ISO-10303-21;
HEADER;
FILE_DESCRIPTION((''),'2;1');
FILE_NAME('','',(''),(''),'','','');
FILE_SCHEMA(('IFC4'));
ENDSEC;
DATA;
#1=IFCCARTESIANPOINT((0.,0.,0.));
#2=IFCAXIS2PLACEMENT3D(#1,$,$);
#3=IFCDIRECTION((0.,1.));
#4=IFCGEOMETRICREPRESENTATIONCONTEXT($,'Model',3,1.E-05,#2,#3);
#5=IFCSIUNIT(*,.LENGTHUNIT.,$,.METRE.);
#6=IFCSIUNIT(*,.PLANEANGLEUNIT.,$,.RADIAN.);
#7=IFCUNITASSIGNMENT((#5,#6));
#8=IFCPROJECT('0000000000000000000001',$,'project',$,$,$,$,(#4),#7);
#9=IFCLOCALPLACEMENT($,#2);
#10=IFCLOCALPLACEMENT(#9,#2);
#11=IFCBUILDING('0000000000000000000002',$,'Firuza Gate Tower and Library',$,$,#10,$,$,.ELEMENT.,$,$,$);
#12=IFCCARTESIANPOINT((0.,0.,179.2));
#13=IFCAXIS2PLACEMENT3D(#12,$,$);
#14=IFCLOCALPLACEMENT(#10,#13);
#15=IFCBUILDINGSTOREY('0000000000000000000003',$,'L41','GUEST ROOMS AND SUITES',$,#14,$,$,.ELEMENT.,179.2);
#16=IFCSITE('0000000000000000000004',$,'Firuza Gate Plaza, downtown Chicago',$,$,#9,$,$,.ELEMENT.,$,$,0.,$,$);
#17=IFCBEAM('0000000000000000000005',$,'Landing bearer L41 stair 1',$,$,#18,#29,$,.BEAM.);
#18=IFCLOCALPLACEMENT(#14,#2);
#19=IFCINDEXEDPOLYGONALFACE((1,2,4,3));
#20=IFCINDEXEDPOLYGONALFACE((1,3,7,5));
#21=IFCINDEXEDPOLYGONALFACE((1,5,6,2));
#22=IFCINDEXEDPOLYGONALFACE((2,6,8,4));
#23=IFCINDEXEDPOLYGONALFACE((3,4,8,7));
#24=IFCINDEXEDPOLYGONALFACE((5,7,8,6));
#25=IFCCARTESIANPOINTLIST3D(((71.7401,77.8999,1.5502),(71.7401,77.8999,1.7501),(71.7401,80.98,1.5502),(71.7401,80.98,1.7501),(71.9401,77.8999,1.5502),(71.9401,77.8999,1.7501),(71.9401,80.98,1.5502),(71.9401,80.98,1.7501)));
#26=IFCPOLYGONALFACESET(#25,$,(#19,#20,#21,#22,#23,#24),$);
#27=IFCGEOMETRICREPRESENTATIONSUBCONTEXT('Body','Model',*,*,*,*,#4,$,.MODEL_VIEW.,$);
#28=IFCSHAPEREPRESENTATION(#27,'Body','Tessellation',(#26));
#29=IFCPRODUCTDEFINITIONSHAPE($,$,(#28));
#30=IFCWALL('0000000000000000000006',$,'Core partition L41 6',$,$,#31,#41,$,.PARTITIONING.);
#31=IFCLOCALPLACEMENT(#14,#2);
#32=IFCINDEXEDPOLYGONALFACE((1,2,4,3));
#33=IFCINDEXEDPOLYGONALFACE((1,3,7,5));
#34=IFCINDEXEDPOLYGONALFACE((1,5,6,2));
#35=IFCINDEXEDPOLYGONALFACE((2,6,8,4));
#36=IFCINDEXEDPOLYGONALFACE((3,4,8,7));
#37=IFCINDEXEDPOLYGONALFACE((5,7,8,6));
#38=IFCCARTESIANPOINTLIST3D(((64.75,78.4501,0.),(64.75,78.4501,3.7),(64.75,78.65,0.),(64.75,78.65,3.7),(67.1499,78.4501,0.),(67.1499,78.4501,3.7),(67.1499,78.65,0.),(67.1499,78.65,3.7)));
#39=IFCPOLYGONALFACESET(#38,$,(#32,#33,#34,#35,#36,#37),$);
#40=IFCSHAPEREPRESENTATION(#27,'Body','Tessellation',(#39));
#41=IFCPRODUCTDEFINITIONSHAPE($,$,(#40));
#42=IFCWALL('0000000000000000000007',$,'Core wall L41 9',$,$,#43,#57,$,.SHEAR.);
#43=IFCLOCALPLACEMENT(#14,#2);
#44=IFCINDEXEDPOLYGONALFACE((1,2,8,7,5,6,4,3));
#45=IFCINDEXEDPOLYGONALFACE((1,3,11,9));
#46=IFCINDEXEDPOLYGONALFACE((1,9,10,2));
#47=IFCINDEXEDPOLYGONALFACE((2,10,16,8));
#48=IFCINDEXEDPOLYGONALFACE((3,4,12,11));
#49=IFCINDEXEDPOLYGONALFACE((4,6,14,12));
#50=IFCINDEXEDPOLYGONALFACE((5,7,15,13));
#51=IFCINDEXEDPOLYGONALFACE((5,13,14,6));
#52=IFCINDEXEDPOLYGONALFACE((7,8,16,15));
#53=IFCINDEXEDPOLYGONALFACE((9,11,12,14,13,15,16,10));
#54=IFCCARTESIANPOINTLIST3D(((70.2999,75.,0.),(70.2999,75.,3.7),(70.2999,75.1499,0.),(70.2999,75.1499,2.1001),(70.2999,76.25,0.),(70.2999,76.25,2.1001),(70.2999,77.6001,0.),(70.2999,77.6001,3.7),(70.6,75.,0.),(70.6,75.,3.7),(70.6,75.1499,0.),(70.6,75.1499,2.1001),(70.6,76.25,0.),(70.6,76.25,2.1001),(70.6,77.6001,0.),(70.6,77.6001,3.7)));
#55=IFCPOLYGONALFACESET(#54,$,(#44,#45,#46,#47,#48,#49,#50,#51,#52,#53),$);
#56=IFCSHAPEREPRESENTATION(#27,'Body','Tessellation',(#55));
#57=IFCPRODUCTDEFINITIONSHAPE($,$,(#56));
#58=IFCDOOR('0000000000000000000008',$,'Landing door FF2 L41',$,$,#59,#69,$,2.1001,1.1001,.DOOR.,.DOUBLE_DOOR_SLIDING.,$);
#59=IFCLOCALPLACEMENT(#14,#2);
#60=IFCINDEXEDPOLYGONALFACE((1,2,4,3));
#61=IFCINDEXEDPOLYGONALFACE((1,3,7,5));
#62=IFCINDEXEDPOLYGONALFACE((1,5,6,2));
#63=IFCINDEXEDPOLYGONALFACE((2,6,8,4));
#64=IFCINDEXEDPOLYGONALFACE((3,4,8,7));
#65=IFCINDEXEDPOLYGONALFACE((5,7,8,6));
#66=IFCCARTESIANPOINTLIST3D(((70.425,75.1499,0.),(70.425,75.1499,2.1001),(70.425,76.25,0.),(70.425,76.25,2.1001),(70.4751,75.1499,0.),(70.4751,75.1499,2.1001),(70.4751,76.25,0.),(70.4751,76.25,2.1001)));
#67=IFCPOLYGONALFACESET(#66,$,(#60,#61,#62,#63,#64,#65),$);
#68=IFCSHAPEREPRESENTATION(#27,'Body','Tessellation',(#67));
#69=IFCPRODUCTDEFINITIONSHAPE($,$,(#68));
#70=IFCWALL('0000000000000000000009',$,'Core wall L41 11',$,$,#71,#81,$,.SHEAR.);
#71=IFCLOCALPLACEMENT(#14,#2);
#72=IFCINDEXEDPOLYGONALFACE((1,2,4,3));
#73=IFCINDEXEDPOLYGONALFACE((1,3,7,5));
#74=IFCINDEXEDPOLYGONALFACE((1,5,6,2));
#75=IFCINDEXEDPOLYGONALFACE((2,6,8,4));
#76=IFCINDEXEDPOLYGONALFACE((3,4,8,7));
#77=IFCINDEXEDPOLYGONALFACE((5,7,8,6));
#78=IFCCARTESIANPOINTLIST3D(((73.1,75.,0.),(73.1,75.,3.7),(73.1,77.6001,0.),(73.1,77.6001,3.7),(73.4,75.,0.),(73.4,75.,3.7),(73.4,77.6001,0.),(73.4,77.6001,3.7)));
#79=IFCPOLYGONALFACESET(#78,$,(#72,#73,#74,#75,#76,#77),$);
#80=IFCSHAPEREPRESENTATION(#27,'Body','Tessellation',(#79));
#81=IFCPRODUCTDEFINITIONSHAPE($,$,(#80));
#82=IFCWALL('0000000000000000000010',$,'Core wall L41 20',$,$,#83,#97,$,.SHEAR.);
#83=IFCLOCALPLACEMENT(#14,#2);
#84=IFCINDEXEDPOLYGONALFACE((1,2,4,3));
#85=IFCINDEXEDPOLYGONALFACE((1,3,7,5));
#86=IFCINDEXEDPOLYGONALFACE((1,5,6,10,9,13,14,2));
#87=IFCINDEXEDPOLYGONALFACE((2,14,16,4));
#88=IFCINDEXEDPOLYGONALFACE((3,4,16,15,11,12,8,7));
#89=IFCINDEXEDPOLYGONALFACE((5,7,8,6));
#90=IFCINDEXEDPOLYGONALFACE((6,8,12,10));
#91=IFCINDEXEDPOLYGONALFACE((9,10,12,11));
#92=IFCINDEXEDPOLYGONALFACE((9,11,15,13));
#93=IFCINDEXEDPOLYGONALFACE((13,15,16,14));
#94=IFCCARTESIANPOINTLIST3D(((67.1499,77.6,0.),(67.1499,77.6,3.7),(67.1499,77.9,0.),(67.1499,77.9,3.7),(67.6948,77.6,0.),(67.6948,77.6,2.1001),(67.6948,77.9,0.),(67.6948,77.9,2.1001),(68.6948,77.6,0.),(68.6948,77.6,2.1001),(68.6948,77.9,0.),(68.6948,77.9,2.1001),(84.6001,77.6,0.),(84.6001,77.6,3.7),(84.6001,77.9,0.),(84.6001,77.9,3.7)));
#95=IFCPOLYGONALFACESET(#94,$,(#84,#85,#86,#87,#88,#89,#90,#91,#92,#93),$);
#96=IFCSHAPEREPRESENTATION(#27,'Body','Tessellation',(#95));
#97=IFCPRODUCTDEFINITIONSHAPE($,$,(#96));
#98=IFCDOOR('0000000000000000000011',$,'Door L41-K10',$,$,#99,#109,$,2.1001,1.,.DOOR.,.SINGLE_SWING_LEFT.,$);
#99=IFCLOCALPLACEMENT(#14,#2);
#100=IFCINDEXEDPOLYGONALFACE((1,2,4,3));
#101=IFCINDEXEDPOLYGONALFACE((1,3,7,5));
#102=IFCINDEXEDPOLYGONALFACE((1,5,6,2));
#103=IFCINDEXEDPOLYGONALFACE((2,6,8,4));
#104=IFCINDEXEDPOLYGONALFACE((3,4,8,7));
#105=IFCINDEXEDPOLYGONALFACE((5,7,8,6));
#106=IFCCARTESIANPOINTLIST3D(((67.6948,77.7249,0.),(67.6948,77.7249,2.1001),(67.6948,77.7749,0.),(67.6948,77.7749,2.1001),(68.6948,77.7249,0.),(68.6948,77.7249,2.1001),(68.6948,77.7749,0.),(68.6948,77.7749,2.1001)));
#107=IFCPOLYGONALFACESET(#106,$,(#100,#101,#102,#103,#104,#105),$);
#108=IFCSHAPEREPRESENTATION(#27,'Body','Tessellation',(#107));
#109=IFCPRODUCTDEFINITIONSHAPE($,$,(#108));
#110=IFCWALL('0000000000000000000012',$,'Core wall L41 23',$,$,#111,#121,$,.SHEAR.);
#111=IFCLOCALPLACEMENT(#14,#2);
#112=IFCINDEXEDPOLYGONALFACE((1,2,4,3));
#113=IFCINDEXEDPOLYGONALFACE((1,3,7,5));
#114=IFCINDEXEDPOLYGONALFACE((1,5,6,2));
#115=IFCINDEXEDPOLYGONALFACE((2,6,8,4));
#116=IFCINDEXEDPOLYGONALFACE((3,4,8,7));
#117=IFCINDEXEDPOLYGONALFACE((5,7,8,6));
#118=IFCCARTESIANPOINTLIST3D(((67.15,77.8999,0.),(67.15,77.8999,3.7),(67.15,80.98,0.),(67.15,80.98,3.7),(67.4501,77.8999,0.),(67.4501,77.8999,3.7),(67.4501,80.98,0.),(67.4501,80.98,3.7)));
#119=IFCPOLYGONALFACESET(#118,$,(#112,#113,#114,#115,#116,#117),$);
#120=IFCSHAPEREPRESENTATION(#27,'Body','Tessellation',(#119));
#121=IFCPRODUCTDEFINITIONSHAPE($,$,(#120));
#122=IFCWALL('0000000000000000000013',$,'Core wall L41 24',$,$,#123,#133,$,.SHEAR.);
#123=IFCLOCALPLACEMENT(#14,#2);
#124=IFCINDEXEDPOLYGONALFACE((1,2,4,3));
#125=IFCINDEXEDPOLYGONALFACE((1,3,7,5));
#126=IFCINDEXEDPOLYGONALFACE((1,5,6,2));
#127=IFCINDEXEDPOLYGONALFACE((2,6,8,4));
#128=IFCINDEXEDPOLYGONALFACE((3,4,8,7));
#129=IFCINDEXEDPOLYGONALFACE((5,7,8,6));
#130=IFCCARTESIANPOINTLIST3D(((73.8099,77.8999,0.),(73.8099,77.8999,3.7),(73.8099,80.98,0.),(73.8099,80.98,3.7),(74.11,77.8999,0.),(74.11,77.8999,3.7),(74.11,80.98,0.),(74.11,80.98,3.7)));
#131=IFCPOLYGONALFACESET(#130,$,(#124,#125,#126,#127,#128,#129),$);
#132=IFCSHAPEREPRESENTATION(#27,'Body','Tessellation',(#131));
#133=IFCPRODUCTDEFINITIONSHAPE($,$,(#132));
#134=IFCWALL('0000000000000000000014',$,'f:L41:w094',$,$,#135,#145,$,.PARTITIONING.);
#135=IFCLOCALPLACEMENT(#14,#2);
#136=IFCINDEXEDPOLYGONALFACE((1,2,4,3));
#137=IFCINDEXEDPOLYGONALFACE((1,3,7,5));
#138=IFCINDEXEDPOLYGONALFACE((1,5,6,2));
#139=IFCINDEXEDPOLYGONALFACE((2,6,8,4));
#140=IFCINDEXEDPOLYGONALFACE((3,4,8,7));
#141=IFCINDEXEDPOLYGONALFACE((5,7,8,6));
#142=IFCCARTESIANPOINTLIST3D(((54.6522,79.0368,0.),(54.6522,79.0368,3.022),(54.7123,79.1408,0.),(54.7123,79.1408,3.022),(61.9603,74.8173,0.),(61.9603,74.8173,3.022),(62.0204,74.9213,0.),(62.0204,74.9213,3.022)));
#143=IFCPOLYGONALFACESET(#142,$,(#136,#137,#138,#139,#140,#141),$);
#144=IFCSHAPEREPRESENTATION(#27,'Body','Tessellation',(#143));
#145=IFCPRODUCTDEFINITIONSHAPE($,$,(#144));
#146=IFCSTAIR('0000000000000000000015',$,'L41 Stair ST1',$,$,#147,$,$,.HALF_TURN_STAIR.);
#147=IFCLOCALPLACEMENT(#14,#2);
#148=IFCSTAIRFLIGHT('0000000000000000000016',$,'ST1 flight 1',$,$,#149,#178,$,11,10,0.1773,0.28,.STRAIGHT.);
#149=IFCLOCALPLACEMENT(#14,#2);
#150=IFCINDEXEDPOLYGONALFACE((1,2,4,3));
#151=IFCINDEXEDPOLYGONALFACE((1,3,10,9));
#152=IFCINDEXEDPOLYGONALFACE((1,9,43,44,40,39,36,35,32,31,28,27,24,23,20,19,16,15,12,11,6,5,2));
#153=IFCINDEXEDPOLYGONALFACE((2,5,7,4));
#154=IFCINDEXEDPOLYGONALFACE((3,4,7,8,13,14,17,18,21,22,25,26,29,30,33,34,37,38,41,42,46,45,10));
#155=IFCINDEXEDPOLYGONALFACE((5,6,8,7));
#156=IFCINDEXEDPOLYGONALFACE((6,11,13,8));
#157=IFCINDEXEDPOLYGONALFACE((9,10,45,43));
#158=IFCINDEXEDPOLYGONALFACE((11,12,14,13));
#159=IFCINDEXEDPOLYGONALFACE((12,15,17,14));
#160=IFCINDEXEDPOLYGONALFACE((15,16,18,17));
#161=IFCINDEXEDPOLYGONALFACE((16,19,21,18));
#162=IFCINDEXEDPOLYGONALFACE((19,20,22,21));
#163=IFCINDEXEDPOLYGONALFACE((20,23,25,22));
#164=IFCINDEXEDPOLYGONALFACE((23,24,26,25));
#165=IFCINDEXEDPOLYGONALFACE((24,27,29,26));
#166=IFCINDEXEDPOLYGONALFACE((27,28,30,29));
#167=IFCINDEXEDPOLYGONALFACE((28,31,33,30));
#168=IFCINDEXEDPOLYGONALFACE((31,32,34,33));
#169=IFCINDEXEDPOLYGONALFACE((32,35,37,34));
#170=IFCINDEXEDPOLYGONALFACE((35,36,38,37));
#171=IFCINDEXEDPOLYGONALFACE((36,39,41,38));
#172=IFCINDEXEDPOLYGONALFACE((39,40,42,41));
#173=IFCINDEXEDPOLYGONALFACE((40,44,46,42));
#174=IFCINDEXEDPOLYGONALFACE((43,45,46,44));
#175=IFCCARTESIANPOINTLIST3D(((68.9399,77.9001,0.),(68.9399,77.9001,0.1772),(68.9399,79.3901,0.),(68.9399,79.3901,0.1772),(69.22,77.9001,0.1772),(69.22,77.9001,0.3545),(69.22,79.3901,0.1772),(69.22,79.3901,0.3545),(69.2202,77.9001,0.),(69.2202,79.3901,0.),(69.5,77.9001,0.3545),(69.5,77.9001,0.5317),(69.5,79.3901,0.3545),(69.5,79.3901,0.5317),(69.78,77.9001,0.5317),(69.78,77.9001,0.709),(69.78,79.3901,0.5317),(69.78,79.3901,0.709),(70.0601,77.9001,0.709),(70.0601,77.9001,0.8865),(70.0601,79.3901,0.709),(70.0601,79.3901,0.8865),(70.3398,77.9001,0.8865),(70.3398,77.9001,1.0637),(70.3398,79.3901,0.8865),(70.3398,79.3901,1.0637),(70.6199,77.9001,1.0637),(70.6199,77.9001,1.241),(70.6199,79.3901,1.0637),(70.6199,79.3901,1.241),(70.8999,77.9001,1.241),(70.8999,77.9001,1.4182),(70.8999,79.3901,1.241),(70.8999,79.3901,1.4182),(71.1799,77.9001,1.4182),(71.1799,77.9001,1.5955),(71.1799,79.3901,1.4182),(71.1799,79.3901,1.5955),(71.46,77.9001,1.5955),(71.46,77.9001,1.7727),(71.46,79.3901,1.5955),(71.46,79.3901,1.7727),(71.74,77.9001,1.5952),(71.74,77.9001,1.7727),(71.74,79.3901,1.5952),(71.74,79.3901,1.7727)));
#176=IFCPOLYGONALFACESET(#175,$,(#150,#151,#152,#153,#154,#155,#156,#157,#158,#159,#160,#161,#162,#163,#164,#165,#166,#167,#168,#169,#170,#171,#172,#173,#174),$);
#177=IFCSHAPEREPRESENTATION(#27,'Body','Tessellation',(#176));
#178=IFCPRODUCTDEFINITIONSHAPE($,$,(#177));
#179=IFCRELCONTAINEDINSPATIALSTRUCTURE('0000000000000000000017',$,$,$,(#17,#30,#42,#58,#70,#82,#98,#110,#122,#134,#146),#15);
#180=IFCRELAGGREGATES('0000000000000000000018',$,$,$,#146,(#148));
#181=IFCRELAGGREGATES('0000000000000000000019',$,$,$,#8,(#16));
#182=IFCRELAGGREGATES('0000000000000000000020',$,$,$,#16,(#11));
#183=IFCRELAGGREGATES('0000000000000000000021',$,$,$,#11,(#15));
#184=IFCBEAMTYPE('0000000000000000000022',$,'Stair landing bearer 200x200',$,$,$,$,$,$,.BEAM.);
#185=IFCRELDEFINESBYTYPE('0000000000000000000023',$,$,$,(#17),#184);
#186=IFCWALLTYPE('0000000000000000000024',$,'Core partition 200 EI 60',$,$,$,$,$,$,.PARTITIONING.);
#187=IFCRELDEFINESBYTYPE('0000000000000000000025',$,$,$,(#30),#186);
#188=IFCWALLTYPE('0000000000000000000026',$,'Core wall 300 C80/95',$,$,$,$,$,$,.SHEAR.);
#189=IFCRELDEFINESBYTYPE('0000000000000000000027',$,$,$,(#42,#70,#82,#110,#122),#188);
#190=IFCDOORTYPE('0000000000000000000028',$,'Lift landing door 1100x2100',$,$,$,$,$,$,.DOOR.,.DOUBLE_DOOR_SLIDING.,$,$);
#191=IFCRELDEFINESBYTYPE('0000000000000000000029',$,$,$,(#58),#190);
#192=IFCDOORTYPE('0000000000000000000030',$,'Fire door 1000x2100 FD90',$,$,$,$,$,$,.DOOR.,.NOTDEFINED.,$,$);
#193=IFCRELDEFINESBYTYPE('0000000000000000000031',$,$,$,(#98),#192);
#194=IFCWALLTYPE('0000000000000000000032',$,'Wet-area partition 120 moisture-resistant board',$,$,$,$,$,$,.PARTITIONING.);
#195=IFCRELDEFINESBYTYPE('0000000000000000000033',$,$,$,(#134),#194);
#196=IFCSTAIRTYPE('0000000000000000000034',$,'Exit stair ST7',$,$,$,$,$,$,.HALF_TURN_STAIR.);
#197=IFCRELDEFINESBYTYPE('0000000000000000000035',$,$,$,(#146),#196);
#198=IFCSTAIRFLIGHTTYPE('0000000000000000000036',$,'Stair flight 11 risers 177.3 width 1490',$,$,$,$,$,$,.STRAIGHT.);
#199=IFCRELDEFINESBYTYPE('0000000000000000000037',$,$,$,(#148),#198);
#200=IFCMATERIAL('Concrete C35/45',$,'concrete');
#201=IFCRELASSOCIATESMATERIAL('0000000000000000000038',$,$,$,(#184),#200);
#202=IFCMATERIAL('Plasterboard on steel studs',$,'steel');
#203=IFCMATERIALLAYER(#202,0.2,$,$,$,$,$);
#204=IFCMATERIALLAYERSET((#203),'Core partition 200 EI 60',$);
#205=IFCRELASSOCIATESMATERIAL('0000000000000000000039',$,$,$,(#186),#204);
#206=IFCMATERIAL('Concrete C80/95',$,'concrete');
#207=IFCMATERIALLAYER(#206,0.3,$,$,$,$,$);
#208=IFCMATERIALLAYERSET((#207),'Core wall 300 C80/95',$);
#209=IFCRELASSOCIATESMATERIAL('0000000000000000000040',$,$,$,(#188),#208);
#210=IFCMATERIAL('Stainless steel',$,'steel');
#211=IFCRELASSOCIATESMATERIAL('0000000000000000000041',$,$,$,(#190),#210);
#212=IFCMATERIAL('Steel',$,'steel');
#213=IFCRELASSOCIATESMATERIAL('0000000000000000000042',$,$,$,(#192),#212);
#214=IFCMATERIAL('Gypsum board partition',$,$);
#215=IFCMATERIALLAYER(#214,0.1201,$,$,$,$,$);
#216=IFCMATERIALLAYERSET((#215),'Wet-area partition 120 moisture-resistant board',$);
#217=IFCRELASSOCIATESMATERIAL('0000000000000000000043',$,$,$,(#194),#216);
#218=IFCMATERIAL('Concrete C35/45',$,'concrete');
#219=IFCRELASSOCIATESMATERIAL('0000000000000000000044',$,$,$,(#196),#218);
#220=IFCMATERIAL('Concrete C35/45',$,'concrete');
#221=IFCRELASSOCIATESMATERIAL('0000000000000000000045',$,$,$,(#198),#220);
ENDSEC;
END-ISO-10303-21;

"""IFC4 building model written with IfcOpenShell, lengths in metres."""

from ifc_helpers import new_model, si_unit, direction, frame, frame_2d, origin, origin_2d, place, context, subcontext, project, spatial, polyline, rectangle, outline, extrude, material, layer, layer_set, material_profile, profile_set, type_object, element, fill, aggregate, save


model = new_model("IFC4")

# Units and contexts
model_context = context("Model", 3, precision=1e-05, world=origin(), true_north=direction((0.0, 1.0)))
body_context = subcontext(model_context, "Body", "Model", "MODEL_VIEW")
ifc_project = project(units=[si_unit("LENGTHUNIT", "METRE"), si_unit("PLANEANGLEUNIT", "RADIAN")], contexts=[model_context])

# Site, building, storey
site_placement = place(None, origin())
site = spatial("IfcSite", under=ifc_project, at=site_placement, Name="Firuza Gate Plaza, downtown Chicago", CompositionType="ELEMENT", RefElevation=0.0)
building_placement = place(site_placement, origin())
building = spatial("IfcBuilding", under=site, at=building_placement, Name="Firuza Gate Tower and Library", CompositionType="ELEMENT")
storey_placement = place(building_placement, frame((0.0, 0.0, 179.2)))
storey = spatial("IfcBuildingStorey", under=building, at=storey_placement, Name="L41", Description="GUEST ROOMS AND SUITES", CompositionType="ELEMENT", Elevation=179.2)

# Beam
ifc_material_1 = material(Name="Concrete C35/45", Category="concrete")
ifc_material_profile = material_profile(ifc_material_1, rectangle(XDim=0.2, YDim=0.2, at=origin_2d()))
ifc_profile_set = profile_set([ifc_material_profile], Name="Concrete C35/45")
beam_type = type_object("IfcBeamType", Name="Stair landing bearer 200x200", PredefinedType="BEAM", material=ifc_profile_set)
beam_placement = place(storey_placement, frame((71.8401, 77.8999, 1.6501), z_axis=(0.0, 1.0, 0.0), x_axis=(-1.0, 0.0, 0.0)))
element("IfcBeam", 1, at=beam_placement, inside=storey, type_object=beam_type, Name="Landing bearer L41 stair 1", PredefinedType="BEAM", context=body_context, shape_type="SweptSolid", body=[
    extrude(rectangle(XDim=0.2, YDim=0.2, at=origin_2d()), origin(), (0.0, 0.0, 1.0), 3.0801),
])

# Wall
ifc_material_2 = material(Name="Plasterboard on steel studs", Category="steel")
ifc_layer_1 = layer(ifc_material_2, 0.2)
ifc_layer_set_1 = layer_set([ifc_layer_1], Name="Core partition 200 EI 60")
wall_type_1 = type_object("IfcWallType", Name="Core partition 200 EI 60", PredefinedType="PARTITIONING", material=ifc_layer_set_1)
wall_1_placement = place(storey_placement, frame((64.75, 78.55, 0.0), z_axis=(0.0, 0.0, 1.0), x_axis=(1.0, 0.0, 0.0)))
element("IfcWall", 2, at=wall_1_placement, inside=storey, type_object=wall_type_1, Name="Core partition L41 6", PredefinedType="PARTITIONING", context=body_context, shape_type="SweptSolid", body=[
    extrude(rectangle(XDim=2.3999, YDim=0.2, at=frame_2d((1.2, 0.0))), origin(), (0.0, 0.0, 1.0), 3.7),
])

# Wall, opening, door
ifc_material_3 = material(Name="Concrete C80/95", Category="concrete")
ifc_layer_2 = layer(ifc_material_3, 0.3)
ifc_layer_set_2 = layer_set([ifc_layer_2], Name="Core wall 300 C80/95")
wall_type_2 = type_object("IfcWallType", Name="Core wall 300 C80/95", PredefinedType="SHEAR", material=ifc_layer_set_2)
wall_2_placement = place(storey_placement, frame((70.45, 75.0, 0.0), z_axis=(0.0, 0.0, 1.0), x_axis=(0.0, 1.0, 0.0)))
wall_2 = element("IfcWall", 3, at=wall_2_placement, inside=storey, type_object=wall_type_2, Name="Core wall L41 9", PredefinedType="SHEAR", context=body_context, shape_type="SweptSolid", body=[
    extrude(rectangle(XDim=2.6001, YDim=0.3, at=frame_2d((1.3, 0.0))), origin(), (0.0, 0.0, 1.0), 3.7),
])
opening_1_placement = place(wall_2_placement, frame((0.1499, 0.0, 0.0)))
opening_1 = element("IfcOpeningElement", 4, at=opening_1_placement, cuts=wall_2, PredefinedType="OPENING", context=body_context, shape_type="SweptSolid", body=[
    extrude(rectangle(XDim=1.1001, YDim=2.1001, at=frame_2d((0.55, 1.05))), frame((0.0, 0.1602, 0.0), z_axis=(0.0, -1.0, 0.0), x_axis=(1.0, 0.0, 0.0)), (0.0, 0.0, 1.0), 0.3201),
])
ifc_material_4 = material(Name="Stainless steel", Category="steel")
door_type_1 = type_object("IfcDoorType", Name="Lift landing door 1100x2100", OperationType="DOUBLE_DOOR_SLIDING", PredefinedType="DOOR", material=ifc_material_4)
door_1_placement = place(opening_1_placement, origin())
door_1 = element("IfcDoor", 5, at=door_1_placement, inside=storey, type_object=door_type_1, Name="Landing door FF2 L41", OperationType="DOUBLE_DOOR_SLIDING", OverallHeight=2.1001, OverallWidth=1.1001, PredefinedType="DOOR", context=body_context, shape_type="SweptSolid", body=[
    extrude(rectangle(XDim=1.1001, YDim=2.1001, at=frame_2d((0.55, 1.05))), frame((0.0, 0.0249, 0.0), z_axis=(0.0, -1.0, 0.0), x_axis=(1.0, 0.0, 0.0)), (0.0, 0.0, 1.0), 0.05),
])
fill(opening_1, door_1)

# Wall
wall_3_placement = place(storey_placement, frame((73.25, 75.0, 0.0), z_axis=(0.0, 0.0, 1.0), x_axis=(0.0, 1.0, 0.0)))
element("IfcWall", 6, at=wall_3_placement, inside=storey, type_object=wall_type_2, Name="Core wall L41 11", PredefinedType="SHEAR", context=body_context, shape_type="SweptSolid", body=[
    extrude(rectangle(XDim=2.6001, YDim=0.3, at=frame_2d((1.3, 0.0))), origin(), (0.0, 0.0, 1.0), 3.7),
])

# Wall, opening, door
wall_4_placement = place(storey_placement, frame((67.1499, 77.75, 0.0), z_axis=(0.0, 0.0, 1.0), x_axis=(1.0, 0.0, 0.0)))
wall_4 = element("IfcWall", 7, at=wall_4_placement, inside=storey, type_object=wall_type_2, Name="Core wall L41 20", PredefinedType="SHEAR", context=body_context, shape_type="SweptSolid", body=[
    extrude(rectangle(XDim=17.4502, YDim=0.3, at=frame_2d((8.7251, 0.0))), origin(), (0.0, 0.0, 1.0), 3.7),
])
opening_2_placement = place(wall_4_placement, frame((0.5449, 0.0, 0.0)))
opening_2 = element("IfcOpeningElement", 8, at=opening_2_placement, cuts=wall_4, PredefinedType="OPENING", context=body_context, shape_type="SweptSolid", body=[
    extrude(rectangle(XDim=1.0, YDim=2.1001, at=frame_2d((0.5, 1.05))), frame((0.0, 0.1602, 0.0), z_axis=(0.0, -1.0, 0.0), x_axis=(1.0, 0.0, 0.0)), (0.0, 0.0, 1.0), 0.3201),
])
ifc_material_5 = material(Name="Steel", Category="steel")
door_type_2 = type_object("IfcDoorType", Name="Fire door 1000x2100 FD90", OperationType="NOTDEFINED", PredefinedType="DOOR", material=ifc_material_5)
door_2_placement = place(opening_2_placement, origin())
door_2 = element("IfcDoor", 9, at=door_2_placement, inside=storey, type_object=door_type_2, Name="Door L41-K10", OperationType="SINGLE_SWING_LEFT", OverallHeight=2.1001, OverallWidth=1.0, PredefinedType="DOOR", context=body_context, shape_type="SweptSolid", body=[
    extrude(rectangle(XDim=1.0, YDim=2.1001, at=frame_2d((0.5, 1.05))), frame((0.0, 0.0249, 0.0), z_axis=(0.0, -1.0, 0.0), x_axis=(1.0, 0.0, 0.0)), (0.0, 0.0, 1.0), 0.05),
])
fill(opening_2, door_2)

# Walls
for number, where, z_axis, x_axis, name in (
    (10, (67.3, 77.8999, 0.0), (0.0, 0.0, 1.0), (0.0, 1.0, 0.0), "Core wall L41 23"),
    (11, (73.96, 77.8999, 0.0), (0.0, 0.0, 1.0), (0.0, 1.0, 0.0), "Core wall L41 24"),
):
    element("IfcWall", number, at=place(storey_placement, frame(where, z_axis=z_axis, x_axis=x_axis)), inside=storey, type_object=wall_type_2, Name=name, PredefinedType="SHEAR", context=body_context, shape_type="SweptSolid", body=[
        extrude(rectangle(XDim=3.0801, YDim=0.3, at=frame_2d((1.54, 0.0))), origin(), (0.0, 0.0, 1.0), 3.7),
    ])
ifc_material_6 = material(Name="Gypsum board partition")
ifc_layer_3 = layer(ifc_material_6, 0.1201)
ifc_layer_set_3 = layer_set([ifc_layer_3], Name="Wet-area partition 120 moisture-resistant board")
wall_type_3 = type_object("IfcWallType", Name="Wet-area partition 120 moisture-resistant board", PredefinedType="PARTITIONING", material=ifc_layer_set_3)
wall_5_placement = place(storey_placement, frame((61.9902, 74.8694, 0.0), z_axis=(0.0, 0.0, 1.0), x_axis=(-0.866018, 0.500013, 0.0)))
element("IfcWall", 12, at=wall_5_placement, inside=storey, type_object=wall_type_3, Name="f:L41:w094", PredefinedType="PARTITIONING", context=body_context, shape_type="SweptSolid", body=[
    extrude(rectangle(XDim=8.4387, YDim=0.1201, at=frame_2d((4.2192, 0.0))), origin(), (0.0, 0.0, 1.0), 3.022),
])

# Stair, stair flight
ifc_material_7 = material(Name="Concrete C35/45", Category="concrete")
stair_type = type_object("IfcStairType", Name="Exit stair ST7", PredefinedType="HALF_TURN_STAIR", material=ifc_material_7)
stair_placement = place(storey_placement, origin())
stair = element("IfcStair", 13, at=stair_placement, inside=storey, type_object=stair_type, Name="L41 Stair ST1", PredefinedType="HALF_TURN_STAIR")
ifc_material_8 = material(Name="Concrete C35/45", Category="concrete")
stair_flight_type = type_object("IfcStairFlightType", Name="Stair flight 11 risers 177.3 width 1490", PredefinedType="STRAIGHT", material=ifc_material_8)
stair_flight_1_placement = place(storey_placement, frame((68.9399, 78.645, 0.0), z_axis=(0.0, 0.0, 1.0), x_axis=(1.0, 0.0, 0.0)))
stair_flight_1 = element("IfcStairFlight", 14, at=stair_flight_1_placement, type_object=stair_flight_type, Name="ST1 flight 1", NumberOfRisers=11, NumberOfTreads=10, PredefinedType="STRAIGHT", RiserHeight=0.1773, TreadLength=0.28, context=body_context, shape_type="SweptSolid", body=[
    extrude(outline(polyline([(0.0, 0.0), (0.0, 0.1772), (0.28, 0.1772), (0.28, 0.3545), (0.5601, 0.3545), (0.5601, 0.5317), (0.8401, 0.5317), (0.8401, 0.709), (1.1201, 0.709), (1.1201, 0.8865), (1.3999, 0.8865), (1.3999, 1.0637), (1.6799, 1.0637), (1.6799, 1.241), (1.96, 1.241), (1.96, 1.4182), (2.24, 1.4182), (2.24, 1.5955), (2.52, 1.5955), (2.52, 1.7727), (2.8, 1.7727), (2.8, 1.95), (2.8, 1.5952), (0.2803, 0.0), (0.0, 0.0)])), frame((0.0, 0.7451, 0.0), z_axis=(0.0, -1.0, 0.0), x_axis=(1.0, 0.0, 0.0)), (0.0, 0.0, 1.0), 1.49),
])
aggregate(stair, [stair_flight_1])

save(model, "model.ifc")
